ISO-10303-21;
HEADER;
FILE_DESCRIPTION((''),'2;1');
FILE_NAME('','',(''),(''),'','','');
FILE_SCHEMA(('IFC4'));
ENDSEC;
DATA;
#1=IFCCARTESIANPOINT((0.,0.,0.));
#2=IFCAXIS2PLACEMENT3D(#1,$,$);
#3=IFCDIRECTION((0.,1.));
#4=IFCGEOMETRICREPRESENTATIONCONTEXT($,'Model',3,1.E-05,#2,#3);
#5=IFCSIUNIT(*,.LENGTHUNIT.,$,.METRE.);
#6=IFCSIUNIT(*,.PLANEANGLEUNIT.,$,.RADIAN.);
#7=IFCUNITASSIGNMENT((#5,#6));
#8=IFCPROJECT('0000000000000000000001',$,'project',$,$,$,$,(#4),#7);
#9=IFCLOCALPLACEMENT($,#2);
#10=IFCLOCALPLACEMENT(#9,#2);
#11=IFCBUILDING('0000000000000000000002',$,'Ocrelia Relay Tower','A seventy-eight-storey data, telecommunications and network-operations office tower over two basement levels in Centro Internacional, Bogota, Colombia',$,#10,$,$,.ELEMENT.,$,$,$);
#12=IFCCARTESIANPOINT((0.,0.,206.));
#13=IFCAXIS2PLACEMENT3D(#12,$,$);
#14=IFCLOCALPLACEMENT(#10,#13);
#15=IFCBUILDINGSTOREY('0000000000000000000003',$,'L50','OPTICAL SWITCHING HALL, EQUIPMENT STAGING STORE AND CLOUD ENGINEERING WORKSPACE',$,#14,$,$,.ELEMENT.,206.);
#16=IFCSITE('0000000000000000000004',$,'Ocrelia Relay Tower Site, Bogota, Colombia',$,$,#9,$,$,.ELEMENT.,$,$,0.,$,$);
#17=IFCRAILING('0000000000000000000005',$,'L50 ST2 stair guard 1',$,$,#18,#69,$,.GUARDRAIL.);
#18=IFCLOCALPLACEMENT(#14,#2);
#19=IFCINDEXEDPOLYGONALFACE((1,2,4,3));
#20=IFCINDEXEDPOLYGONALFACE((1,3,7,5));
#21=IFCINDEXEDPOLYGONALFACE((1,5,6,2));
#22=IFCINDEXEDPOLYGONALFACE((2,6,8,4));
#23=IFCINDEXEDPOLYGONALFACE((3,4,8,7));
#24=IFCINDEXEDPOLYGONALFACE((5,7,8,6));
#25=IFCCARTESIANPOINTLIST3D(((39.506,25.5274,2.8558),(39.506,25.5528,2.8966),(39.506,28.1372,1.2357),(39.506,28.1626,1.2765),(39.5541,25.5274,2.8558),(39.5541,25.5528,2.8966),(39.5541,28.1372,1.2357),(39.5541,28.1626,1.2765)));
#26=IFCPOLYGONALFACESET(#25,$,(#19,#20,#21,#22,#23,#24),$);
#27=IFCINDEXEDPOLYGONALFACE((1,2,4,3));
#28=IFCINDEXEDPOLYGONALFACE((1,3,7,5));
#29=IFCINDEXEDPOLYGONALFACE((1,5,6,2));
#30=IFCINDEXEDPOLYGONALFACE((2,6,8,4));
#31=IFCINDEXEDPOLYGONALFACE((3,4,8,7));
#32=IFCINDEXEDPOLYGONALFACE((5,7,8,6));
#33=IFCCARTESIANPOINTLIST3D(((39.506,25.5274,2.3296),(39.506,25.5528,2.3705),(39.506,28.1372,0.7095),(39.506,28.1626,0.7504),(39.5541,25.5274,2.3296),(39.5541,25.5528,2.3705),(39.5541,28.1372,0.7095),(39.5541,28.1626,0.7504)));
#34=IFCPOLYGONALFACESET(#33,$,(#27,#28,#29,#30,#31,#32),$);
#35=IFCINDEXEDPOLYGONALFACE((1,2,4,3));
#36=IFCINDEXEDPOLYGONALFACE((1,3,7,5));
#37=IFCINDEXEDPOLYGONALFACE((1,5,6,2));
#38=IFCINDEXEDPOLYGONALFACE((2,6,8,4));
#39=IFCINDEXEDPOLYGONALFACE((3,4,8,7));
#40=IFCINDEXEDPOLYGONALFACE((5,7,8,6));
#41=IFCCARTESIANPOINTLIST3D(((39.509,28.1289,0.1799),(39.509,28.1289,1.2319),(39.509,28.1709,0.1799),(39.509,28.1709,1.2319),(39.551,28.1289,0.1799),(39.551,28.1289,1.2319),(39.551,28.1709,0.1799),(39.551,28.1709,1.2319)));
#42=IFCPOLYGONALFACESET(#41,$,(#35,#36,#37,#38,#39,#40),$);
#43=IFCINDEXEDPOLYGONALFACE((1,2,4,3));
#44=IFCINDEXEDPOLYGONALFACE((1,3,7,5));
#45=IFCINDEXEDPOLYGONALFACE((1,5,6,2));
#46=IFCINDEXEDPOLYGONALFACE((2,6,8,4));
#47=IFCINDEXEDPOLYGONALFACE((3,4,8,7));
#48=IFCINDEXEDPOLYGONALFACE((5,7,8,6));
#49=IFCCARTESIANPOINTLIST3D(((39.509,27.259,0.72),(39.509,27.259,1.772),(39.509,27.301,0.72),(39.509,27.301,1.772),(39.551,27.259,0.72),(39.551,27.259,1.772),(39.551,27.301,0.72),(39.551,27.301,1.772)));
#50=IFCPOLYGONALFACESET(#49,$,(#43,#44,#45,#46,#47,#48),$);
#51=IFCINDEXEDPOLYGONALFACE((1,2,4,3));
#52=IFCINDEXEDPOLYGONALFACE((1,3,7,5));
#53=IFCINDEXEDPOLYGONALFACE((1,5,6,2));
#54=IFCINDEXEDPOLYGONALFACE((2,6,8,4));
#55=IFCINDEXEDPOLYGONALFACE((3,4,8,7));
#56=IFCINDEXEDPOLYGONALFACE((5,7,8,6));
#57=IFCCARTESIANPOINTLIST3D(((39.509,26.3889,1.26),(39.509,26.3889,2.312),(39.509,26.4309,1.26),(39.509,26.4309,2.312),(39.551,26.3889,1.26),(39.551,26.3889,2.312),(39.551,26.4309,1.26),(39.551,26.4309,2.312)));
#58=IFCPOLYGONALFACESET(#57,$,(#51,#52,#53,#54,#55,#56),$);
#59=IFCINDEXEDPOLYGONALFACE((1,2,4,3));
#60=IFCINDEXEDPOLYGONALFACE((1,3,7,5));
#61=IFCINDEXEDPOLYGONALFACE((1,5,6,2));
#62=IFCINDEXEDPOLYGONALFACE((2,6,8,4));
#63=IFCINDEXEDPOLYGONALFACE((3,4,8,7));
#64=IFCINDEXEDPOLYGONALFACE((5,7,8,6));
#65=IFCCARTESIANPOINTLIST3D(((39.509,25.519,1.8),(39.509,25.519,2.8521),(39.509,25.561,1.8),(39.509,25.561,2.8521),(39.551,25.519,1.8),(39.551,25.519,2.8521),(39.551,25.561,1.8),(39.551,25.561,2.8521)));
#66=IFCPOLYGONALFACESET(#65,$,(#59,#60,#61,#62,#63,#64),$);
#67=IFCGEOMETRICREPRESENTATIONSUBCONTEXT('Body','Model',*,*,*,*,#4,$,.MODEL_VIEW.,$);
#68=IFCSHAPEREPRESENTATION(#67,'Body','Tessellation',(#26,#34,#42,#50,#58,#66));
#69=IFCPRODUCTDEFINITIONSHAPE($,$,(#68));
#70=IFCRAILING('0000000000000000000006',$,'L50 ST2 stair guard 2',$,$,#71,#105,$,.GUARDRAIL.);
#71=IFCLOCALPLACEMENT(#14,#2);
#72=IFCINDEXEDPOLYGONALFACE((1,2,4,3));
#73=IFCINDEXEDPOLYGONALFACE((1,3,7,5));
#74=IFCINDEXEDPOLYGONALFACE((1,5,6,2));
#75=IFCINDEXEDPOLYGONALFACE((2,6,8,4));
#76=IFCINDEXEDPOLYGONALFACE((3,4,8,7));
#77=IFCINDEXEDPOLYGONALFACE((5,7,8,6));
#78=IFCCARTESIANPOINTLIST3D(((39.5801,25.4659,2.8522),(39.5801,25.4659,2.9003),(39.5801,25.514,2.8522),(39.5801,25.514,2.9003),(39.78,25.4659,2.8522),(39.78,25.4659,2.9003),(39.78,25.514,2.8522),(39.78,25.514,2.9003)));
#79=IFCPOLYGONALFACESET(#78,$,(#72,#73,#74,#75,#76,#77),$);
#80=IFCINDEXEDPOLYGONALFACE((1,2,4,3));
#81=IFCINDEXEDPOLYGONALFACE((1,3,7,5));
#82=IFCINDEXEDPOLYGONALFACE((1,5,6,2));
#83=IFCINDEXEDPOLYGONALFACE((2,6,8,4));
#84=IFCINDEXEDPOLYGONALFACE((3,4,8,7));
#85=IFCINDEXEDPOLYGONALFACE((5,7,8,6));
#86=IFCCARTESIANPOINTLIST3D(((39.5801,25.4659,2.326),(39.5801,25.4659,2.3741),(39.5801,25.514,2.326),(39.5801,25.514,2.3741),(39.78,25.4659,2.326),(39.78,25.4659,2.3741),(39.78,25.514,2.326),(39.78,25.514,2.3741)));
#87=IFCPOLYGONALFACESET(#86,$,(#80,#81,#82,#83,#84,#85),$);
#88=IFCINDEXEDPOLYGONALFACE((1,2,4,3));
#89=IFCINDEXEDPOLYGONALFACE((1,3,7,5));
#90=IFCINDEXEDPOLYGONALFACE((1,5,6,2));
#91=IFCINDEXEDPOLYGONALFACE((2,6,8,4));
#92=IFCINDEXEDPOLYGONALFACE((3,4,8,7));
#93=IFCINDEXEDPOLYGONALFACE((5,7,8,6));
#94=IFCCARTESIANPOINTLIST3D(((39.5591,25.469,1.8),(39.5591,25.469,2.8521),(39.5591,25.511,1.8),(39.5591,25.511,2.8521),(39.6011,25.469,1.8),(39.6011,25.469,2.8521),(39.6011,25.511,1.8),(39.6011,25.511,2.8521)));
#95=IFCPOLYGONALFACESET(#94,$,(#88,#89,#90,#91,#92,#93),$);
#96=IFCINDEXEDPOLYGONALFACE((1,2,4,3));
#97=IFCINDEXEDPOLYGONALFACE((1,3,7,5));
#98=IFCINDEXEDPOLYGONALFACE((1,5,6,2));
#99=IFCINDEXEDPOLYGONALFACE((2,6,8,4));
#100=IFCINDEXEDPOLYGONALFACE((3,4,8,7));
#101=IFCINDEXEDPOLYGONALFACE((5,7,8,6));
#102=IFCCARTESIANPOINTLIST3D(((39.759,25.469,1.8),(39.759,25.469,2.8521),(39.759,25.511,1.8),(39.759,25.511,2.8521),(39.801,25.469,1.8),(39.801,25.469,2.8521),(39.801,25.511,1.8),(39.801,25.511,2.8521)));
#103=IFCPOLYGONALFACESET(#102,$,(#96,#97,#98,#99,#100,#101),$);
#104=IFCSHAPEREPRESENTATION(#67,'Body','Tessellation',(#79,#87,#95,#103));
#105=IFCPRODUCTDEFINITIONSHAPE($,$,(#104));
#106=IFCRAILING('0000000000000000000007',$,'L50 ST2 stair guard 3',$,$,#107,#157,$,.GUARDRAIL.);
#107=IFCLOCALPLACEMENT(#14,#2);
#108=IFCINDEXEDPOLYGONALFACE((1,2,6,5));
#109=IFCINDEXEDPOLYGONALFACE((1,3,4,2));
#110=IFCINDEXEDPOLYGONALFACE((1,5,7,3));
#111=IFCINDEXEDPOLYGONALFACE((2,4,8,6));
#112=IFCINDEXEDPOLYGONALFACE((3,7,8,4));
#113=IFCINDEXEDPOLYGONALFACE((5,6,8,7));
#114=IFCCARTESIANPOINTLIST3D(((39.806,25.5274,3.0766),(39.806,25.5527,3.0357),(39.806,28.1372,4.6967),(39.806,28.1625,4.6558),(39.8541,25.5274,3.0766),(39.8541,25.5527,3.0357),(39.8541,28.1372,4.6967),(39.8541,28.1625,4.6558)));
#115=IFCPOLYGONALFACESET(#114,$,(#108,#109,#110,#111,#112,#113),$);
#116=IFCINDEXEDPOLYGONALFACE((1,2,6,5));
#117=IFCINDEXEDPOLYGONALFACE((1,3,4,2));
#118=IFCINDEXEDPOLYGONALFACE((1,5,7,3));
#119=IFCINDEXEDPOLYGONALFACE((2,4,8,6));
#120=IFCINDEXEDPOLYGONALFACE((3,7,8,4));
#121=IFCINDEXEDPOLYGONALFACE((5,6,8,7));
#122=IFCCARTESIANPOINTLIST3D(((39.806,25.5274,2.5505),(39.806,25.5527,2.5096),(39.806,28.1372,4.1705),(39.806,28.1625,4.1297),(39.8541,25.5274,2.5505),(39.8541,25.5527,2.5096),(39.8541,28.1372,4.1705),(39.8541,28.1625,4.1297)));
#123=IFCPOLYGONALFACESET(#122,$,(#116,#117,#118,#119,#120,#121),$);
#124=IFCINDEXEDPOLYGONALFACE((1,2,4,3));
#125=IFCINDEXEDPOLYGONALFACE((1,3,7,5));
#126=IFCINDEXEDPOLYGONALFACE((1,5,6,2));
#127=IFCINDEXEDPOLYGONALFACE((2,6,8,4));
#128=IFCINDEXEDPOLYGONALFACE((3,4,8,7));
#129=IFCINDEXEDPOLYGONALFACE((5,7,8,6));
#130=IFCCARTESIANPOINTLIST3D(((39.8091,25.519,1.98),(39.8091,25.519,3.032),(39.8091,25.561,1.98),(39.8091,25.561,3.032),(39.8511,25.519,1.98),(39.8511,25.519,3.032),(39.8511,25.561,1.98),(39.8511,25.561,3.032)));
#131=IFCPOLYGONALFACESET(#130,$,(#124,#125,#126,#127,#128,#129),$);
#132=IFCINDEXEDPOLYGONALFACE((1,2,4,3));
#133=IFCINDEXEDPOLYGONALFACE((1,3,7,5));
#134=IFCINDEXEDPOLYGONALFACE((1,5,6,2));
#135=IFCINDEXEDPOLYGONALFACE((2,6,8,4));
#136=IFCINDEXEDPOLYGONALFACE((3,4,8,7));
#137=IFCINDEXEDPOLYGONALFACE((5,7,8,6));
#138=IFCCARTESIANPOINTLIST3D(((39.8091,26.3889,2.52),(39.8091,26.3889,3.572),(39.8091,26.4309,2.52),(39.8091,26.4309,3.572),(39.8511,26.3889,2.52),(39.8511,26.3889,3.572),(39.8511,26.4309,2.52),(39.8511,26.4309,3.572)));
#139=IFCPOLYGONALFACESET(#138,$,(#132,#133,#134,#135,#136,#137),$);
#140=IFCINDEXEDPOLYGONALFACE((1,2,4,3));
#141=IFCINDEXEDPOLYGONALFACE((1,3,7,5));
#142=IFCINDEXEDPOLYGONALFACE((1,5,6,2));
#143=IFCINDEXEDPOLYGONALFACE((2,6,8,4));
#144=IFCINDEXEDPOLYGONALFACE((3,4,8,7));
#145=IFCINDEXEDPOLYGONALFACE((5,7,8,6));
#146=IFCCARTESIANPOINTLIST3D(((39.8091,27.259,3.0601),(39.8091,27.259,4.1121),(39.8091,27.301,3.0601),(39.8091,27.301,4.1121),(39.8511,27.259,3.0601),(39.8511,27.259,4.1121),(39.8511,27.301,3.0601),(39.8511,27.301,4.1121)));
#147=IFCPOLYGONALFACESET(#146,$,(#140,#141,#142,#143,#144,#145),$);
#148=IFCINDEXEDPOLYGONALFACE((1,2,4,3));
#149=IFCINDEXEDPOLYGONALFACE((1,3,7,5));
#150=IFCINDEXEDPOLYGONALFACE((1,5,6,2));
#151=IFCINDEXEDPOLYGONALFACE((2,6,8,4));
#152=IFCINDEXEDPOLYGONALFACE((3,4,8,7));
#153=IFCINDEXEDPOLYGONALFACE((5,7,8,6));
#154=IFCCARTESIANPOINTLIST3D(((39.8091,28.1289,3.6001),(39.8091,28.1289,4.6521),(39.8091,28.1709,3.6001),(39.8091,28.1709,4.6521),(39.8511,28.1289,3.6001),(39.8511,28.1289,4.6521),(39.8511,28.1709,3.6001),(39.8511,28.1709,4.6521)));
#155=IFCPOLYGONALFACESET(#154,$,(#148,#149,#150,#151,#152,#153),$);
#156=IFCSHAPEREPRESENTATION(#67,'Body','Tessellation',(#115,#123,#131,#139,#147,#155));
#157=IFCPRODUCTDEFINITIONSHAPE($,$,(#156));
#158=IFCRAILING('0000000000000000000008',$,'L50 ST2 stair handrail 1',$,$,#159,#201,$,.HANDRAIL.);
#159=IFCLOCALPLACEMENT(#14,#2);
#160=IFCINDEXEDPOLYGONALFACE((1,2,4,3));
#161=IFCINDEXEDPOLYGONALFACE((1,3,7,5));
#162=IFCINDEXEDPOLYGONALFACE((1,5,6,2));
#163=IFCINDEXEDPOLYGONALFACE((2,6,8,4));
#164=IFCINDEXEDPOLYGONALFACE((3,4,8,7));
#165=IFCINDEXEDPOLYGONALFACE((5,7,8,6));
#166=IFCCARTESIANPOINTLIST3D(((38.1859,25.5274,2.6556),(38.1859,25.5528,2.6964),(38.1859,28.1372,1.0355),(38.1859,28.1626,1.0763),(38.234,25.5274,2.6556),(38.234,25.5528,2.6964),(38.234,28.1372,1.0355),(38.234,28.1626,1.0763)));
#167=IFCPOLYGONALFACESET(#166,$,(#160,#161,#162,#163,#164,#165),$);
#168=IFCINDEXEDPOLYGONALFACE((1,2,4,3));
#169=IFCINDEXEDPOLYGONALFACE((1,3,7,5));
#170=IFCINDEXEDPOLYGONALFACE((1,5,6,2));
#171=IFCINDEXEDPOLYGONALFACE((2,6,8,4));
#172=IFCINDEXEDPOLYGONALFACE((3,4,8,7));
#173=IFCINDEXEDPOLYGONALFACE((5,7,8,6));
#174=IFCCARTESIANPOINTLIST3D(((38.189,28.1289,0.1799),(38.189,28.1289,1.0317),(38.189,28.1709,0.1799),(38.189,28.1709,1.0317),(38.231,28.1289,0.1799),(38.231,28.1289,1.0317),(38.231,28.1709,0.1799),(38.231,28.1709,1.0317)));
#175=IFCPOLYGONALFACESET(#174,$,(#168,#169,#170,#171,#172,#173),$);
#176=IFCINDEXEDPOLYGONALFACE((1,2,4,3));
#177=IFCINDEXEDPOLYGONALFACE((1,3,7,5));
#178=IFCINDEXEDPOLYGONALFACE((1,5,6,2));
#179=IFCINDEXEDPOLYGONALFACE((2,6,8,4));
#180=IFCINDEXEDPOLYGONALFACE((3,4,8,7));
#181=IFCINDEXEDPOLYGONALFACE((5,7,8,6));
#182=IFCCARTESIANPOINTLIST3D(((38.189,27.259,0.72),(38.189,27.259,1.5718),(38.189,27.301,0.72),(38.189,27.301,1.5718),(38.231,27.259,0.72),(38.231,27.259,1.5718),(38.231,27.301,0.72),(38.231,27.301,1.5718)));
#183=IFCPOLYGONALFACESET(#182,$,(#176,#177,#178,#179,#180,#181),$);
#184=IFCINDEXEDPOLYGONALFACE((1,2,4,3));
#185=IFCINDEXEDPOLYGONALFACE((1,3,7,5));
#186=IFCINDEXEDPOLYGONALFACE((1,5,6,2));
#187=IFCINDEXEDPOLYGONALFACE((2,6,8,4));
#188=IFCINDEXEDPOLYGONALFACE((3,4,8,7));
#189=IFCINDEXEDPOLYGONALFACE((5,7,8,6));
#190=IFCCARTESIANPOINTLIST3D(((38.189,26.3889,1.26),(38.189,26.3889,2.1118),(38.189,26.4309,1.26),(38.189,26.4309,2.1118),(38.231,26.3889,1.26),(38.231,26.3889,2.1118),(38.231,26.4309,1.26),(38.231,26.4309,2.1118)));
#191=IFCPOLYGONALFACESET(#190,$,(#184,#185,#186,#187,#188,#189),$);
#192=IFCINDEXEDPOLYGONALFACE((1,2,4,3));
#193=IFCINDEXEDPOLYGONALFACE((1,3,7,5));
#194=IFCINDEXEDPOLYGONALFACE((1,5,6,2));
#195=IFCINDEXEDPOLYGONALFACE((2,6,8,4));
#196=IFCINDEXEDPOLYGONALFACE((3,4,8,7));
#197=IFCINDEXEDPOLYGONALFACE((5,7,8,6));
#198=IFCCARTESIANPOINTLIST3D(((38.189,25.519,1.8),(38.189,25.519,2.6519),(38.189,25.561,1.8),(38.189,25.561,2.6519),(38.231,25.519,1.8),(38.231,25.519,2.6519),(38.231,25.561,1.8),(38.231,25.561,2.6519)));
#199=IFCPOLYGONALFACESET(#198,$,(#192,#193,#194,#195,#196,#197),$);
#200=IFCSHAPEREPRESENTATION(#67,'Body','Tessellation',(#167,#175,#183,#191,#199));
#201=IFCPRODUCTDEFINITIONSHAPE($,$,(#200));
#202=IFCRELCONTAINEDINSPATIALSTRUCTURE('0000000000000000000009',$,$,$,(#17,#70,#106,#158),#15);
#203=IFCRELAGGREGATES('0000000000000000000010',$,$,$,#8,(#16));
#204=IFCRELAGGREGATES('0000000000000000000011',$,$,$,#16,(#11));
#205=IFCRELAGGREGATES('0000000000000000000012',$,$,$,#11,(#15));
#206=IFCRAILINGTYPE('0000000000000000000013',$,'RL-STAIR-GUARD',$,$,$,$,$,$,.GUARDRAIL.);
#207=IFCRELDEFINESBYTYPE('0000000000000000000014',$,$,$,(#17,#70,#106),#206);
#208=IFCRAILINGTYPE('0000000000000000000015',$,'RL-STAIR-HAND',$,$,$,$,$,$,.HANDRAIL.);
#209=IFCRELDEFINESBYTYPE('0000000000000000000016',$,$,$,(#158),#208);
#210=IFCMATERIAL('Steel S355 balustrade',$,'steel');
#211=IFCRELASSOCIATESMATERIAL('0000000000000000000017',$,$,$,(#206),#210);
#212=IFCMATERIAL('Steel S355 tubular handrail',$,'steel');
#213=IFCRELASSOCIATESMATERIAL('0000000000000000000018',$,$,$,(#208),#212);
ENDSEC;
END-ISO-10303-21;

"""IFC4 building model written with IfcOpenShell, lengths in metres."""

from ifc_helpers import new_model, si_unit, direction, frame, origin, origin_2d, place, context, subcontext, project, spatial, rectangle, extrude, material, type_object, element, save


model = new_model("IFC4")

# Units and contexts
model_context = context("Model", 3, precision=1e-05, world=origin(), true_north=direction((0.0, 1.0)))
body_context = subcontext(model_context, "Body", "Model", "MODEL_VIEW")
ifc_project = project(units=[si_unit("LENGTHUNIT", "METRE"), si_unit("PLANEANGLEUNIT", "RADIAN")], contexts=[model_context])

# Site, building, storey
site_placement = place(None, origin())
site = spatial("IfcSite", under=ifc_project, at=site_placement, Name="Ocrelia Relay Tower Site, Bogota, Colombia", CompositionType="ELEMENT", RefElevation=0.0)
building_placement = place(site_placement, origin())
building = spatial("IfcBuilding", under=site, at=building_placement, Name="Ocrelia Relay Tower", Description="A seventy-eight-storey data, telecommunications and network-operations office tower over two basement levels in Centro Internacional, Bogota, Colombia", CompositionType="ELEMENT")
storey_placement = place(building_placement, frame((0.0, 0.0, 206.0)))
storey = spatial("IfcBuildingStorey", under=building, at=storey_placement, Name="L50", Description="OPTICAL SWITCHING HALL, EQUIPMENT STAGING STORE AND CLOUD ENGINEERING WORKSPACE", CompositionType="ELEMENT", Elevation=206.0)

# Railings
ifc_material_1 = material(Name="Steel S355 balustrade", Category="steel")
railing_type_1 = type_object("IfcRailingType", Name="RL-STAIR-GUARD", PredefinedType="GUARDRAIL", material=ifc_material_1)
railing_1_placement = place(storey_placement, frame((39.53, 28.1499, 0.1799)))
element("IfcRailing", 1, at=railing_1_placement, inside=storey, type_object=railing_type_1, Name="L50 ST2 stair guard 1", PredefinedType="GUARDRAIL", context=body_context, shape_type="SweptSolid", body=[
    extrude(rectangle(XDim=0.0481, YDim=0.0481, at=origin_2d()), frame((0.0, 0.0, 1.0762), z_axis=(0.0, -0.849611, 0.52741), x_axis=(1.0, 0.0, 0.0)), (0.0, 0.0, 1.0), 3.0718),
    extrude(rectangle(XDim=0.0481, YDim=0.0481, at=origin_2d()), frame((0.0, 0.0, 0.55), z_axis=(0.0, -0.849611, 0.52741), x_axis=(1.0, 0.0, 0.0)), (0.0, 0.0, 1.0), 3.0718),
    extrude(rectangle(XDim=0.042, YDim=0.042, at=origin_2d()), origin(), (0.0, 0.0, 1.0), 1.052),
    extrude(rectangle(XDim=0.042, YDim=0.042, at=origin_2d()), frame((0.0, -0.8699, 0.54)), (0.0, 0.0, 1.0), 1.052),
    extrude(rectangle(XDim=0.042, YDim=0.042, at=origin_2d()), frame((0.0, -1.74, 1.0801)), (0.0, 0.0, 1.0), 1.052),
    extrude(rectangle(XDim=0.042, YDim=0.042, at=origin_2d()), frame((0.0, -2.6099, 1.6201)), (0.0, 0.0, 1.0), 1.052),
])
railing_2_placement = place(storey_placement, frame((39.5801, 25.49, 1.8)))
element("IfcRailing", 2, at=railing_2_placement, inside=storey, type_object=railing_type_1, Name="L50 ST2 stair guard 2", PredefinedType="GUARDRAIL", context=body_context, shape_type="SweptSolid", body=[
    extrude(rectangle(XDim=0.0481, YDim=0.0481, at=origin_2d()), frame((0.0, 0.0, 1.0762), z_axis=(1.0, 0.0, 0.0), x_axis=(0.0, 1.0, 0.0)), (0.0, 0.0, 1.0), 0.2),
    extrude(rectangle(XDim=0.0481, YDim=0.0481, at=origin_2d()), frame((0.0, 0.0, 0.55), z_axis=(1.0, 0.0, 0.0), x_axis=(0.0, 1.0, 0.0)), (0.0, 0.0, 1.0), 0.2),
    extrude(rectangle(XDim=0.042, YDim=0.042, at=origin_2d()), origin(), (0.0, 0.0, 1.0), 1.052),
    extrude(rectangle(XDim=0.042, YDim=0.042, at=origin_2d()), frame((0.2, 0.0, 0.0)), (0.0, 0.0, 1.0), 1.052),
])
railing_3_placement = place(storey_placement, frame((39.8301, 25.54, 1.98)))
element("IfcRailing", 3, at=railing_3_placement, inside=storey, type_object=railing_type_1, Name="L50 ST2 stair guard 3", PredefinedType="GUARDRAIL", context=body_context, shape_type="SweptSolid", body=[
    extrude(rectangle(XDim=0.0481, YDim=0.0481, at=origin_2d()), frame((0.0, 0.0, 1.0762), z_axis=(0.0, 0.849611, 0.52741), x_axis=(-1.0, 0.0, 0.0)), (0.0, 0.0, 1.0), 3.0718),
    extrude(rectangle(XDim=0.0481, YDim=0.0481, at=origin_2d()), frame((0.0, 0.0, 0.55), z_axis=(0.0, 0.849611, 0.52741), x_axis=(-1.0, 0.0, 0.0)), (0.0, 0.0, 1.0), 3.0718),
    extrude(rectangle(XDim=0.042, YDim=0.042, at=origin_2d()), origin(), (0.0, 0.0, 1.0), 1.052),
    extrude(rectangle(XDim=0.042, YDim=0.042, at=origin_2d()), frame((0.0, 0.8699, 0.54)), (0.0, 0.0, 1.0), 1.052),
    extrude(rectangle(XDim=0.042, YDim=0.042, at=origin_2d()), frame((0.0, 1.74, 1.0801)), (0.0, 0.0, 1.0), 1.052),
    extrude(rectangle(XDim=0.042, YDim=0.042, at=origin_2d()), frame((0.0, 2.6099, 1.6201)), (0.0, 0.0, 1.0), 1.052),
])
ifc_material_2 = material(Name="Steel S355 tubular handrail", Category="steel")
railing_type_2 = type_object("IfcRailingType", Name="RL-STAIR-HAND", PredefinedType="HANDRAIL", material=ifc_material_2)
railing_4_placement = place(storey_placement, frame((38.21, 28.1499, 0.1799)))
element("IfcRailing", 4, at=railing_4_placement, inside=storey, type_object=railing_type_2, Name="L50 ST2 stair handrail 1", PredefinedType="HANDRAIL", context=body_context, shape_type="SweptSolid", body=[
    extrude(rectangle(XDim=0.0481, YDim=0.0481, at=origin_2d()), frame((0.0, 0.0, 0.876), z_axis=(0.0, -0.849611, 0.52741), x_axis=(1.0, 0.0, 0.0)), (0.0, 0.0, 1.0), 3.0718),
    extrude(rectangle(XDim=0.042, YDim=0.042, at=origin_2d()), origin(), (0.0, 0.0, 1.0), 0.8518),
    extrude(rectangle(XDim=0.042, YDim=0.042, at=origin_2d()), frame((0.0, -0.8699, 0.54)), (0.0, 0.0, 1.0), 0.8518),
    extrude(rectangle(XDim=0.042, YDim=0.042, at=origin_2d()), frame((0.0, -1.74, 1.0801)), (0.0, 0.0, 1.0), 0.8518),
    extrude(rectangle(XDim=0.042, YDim=0.042, at=origin_2d()), frame((0.0, -2.6099, 1.6201)), (0.0, 0.0, 1.0), 0.8518),
])

save(model, "model.ifc")
